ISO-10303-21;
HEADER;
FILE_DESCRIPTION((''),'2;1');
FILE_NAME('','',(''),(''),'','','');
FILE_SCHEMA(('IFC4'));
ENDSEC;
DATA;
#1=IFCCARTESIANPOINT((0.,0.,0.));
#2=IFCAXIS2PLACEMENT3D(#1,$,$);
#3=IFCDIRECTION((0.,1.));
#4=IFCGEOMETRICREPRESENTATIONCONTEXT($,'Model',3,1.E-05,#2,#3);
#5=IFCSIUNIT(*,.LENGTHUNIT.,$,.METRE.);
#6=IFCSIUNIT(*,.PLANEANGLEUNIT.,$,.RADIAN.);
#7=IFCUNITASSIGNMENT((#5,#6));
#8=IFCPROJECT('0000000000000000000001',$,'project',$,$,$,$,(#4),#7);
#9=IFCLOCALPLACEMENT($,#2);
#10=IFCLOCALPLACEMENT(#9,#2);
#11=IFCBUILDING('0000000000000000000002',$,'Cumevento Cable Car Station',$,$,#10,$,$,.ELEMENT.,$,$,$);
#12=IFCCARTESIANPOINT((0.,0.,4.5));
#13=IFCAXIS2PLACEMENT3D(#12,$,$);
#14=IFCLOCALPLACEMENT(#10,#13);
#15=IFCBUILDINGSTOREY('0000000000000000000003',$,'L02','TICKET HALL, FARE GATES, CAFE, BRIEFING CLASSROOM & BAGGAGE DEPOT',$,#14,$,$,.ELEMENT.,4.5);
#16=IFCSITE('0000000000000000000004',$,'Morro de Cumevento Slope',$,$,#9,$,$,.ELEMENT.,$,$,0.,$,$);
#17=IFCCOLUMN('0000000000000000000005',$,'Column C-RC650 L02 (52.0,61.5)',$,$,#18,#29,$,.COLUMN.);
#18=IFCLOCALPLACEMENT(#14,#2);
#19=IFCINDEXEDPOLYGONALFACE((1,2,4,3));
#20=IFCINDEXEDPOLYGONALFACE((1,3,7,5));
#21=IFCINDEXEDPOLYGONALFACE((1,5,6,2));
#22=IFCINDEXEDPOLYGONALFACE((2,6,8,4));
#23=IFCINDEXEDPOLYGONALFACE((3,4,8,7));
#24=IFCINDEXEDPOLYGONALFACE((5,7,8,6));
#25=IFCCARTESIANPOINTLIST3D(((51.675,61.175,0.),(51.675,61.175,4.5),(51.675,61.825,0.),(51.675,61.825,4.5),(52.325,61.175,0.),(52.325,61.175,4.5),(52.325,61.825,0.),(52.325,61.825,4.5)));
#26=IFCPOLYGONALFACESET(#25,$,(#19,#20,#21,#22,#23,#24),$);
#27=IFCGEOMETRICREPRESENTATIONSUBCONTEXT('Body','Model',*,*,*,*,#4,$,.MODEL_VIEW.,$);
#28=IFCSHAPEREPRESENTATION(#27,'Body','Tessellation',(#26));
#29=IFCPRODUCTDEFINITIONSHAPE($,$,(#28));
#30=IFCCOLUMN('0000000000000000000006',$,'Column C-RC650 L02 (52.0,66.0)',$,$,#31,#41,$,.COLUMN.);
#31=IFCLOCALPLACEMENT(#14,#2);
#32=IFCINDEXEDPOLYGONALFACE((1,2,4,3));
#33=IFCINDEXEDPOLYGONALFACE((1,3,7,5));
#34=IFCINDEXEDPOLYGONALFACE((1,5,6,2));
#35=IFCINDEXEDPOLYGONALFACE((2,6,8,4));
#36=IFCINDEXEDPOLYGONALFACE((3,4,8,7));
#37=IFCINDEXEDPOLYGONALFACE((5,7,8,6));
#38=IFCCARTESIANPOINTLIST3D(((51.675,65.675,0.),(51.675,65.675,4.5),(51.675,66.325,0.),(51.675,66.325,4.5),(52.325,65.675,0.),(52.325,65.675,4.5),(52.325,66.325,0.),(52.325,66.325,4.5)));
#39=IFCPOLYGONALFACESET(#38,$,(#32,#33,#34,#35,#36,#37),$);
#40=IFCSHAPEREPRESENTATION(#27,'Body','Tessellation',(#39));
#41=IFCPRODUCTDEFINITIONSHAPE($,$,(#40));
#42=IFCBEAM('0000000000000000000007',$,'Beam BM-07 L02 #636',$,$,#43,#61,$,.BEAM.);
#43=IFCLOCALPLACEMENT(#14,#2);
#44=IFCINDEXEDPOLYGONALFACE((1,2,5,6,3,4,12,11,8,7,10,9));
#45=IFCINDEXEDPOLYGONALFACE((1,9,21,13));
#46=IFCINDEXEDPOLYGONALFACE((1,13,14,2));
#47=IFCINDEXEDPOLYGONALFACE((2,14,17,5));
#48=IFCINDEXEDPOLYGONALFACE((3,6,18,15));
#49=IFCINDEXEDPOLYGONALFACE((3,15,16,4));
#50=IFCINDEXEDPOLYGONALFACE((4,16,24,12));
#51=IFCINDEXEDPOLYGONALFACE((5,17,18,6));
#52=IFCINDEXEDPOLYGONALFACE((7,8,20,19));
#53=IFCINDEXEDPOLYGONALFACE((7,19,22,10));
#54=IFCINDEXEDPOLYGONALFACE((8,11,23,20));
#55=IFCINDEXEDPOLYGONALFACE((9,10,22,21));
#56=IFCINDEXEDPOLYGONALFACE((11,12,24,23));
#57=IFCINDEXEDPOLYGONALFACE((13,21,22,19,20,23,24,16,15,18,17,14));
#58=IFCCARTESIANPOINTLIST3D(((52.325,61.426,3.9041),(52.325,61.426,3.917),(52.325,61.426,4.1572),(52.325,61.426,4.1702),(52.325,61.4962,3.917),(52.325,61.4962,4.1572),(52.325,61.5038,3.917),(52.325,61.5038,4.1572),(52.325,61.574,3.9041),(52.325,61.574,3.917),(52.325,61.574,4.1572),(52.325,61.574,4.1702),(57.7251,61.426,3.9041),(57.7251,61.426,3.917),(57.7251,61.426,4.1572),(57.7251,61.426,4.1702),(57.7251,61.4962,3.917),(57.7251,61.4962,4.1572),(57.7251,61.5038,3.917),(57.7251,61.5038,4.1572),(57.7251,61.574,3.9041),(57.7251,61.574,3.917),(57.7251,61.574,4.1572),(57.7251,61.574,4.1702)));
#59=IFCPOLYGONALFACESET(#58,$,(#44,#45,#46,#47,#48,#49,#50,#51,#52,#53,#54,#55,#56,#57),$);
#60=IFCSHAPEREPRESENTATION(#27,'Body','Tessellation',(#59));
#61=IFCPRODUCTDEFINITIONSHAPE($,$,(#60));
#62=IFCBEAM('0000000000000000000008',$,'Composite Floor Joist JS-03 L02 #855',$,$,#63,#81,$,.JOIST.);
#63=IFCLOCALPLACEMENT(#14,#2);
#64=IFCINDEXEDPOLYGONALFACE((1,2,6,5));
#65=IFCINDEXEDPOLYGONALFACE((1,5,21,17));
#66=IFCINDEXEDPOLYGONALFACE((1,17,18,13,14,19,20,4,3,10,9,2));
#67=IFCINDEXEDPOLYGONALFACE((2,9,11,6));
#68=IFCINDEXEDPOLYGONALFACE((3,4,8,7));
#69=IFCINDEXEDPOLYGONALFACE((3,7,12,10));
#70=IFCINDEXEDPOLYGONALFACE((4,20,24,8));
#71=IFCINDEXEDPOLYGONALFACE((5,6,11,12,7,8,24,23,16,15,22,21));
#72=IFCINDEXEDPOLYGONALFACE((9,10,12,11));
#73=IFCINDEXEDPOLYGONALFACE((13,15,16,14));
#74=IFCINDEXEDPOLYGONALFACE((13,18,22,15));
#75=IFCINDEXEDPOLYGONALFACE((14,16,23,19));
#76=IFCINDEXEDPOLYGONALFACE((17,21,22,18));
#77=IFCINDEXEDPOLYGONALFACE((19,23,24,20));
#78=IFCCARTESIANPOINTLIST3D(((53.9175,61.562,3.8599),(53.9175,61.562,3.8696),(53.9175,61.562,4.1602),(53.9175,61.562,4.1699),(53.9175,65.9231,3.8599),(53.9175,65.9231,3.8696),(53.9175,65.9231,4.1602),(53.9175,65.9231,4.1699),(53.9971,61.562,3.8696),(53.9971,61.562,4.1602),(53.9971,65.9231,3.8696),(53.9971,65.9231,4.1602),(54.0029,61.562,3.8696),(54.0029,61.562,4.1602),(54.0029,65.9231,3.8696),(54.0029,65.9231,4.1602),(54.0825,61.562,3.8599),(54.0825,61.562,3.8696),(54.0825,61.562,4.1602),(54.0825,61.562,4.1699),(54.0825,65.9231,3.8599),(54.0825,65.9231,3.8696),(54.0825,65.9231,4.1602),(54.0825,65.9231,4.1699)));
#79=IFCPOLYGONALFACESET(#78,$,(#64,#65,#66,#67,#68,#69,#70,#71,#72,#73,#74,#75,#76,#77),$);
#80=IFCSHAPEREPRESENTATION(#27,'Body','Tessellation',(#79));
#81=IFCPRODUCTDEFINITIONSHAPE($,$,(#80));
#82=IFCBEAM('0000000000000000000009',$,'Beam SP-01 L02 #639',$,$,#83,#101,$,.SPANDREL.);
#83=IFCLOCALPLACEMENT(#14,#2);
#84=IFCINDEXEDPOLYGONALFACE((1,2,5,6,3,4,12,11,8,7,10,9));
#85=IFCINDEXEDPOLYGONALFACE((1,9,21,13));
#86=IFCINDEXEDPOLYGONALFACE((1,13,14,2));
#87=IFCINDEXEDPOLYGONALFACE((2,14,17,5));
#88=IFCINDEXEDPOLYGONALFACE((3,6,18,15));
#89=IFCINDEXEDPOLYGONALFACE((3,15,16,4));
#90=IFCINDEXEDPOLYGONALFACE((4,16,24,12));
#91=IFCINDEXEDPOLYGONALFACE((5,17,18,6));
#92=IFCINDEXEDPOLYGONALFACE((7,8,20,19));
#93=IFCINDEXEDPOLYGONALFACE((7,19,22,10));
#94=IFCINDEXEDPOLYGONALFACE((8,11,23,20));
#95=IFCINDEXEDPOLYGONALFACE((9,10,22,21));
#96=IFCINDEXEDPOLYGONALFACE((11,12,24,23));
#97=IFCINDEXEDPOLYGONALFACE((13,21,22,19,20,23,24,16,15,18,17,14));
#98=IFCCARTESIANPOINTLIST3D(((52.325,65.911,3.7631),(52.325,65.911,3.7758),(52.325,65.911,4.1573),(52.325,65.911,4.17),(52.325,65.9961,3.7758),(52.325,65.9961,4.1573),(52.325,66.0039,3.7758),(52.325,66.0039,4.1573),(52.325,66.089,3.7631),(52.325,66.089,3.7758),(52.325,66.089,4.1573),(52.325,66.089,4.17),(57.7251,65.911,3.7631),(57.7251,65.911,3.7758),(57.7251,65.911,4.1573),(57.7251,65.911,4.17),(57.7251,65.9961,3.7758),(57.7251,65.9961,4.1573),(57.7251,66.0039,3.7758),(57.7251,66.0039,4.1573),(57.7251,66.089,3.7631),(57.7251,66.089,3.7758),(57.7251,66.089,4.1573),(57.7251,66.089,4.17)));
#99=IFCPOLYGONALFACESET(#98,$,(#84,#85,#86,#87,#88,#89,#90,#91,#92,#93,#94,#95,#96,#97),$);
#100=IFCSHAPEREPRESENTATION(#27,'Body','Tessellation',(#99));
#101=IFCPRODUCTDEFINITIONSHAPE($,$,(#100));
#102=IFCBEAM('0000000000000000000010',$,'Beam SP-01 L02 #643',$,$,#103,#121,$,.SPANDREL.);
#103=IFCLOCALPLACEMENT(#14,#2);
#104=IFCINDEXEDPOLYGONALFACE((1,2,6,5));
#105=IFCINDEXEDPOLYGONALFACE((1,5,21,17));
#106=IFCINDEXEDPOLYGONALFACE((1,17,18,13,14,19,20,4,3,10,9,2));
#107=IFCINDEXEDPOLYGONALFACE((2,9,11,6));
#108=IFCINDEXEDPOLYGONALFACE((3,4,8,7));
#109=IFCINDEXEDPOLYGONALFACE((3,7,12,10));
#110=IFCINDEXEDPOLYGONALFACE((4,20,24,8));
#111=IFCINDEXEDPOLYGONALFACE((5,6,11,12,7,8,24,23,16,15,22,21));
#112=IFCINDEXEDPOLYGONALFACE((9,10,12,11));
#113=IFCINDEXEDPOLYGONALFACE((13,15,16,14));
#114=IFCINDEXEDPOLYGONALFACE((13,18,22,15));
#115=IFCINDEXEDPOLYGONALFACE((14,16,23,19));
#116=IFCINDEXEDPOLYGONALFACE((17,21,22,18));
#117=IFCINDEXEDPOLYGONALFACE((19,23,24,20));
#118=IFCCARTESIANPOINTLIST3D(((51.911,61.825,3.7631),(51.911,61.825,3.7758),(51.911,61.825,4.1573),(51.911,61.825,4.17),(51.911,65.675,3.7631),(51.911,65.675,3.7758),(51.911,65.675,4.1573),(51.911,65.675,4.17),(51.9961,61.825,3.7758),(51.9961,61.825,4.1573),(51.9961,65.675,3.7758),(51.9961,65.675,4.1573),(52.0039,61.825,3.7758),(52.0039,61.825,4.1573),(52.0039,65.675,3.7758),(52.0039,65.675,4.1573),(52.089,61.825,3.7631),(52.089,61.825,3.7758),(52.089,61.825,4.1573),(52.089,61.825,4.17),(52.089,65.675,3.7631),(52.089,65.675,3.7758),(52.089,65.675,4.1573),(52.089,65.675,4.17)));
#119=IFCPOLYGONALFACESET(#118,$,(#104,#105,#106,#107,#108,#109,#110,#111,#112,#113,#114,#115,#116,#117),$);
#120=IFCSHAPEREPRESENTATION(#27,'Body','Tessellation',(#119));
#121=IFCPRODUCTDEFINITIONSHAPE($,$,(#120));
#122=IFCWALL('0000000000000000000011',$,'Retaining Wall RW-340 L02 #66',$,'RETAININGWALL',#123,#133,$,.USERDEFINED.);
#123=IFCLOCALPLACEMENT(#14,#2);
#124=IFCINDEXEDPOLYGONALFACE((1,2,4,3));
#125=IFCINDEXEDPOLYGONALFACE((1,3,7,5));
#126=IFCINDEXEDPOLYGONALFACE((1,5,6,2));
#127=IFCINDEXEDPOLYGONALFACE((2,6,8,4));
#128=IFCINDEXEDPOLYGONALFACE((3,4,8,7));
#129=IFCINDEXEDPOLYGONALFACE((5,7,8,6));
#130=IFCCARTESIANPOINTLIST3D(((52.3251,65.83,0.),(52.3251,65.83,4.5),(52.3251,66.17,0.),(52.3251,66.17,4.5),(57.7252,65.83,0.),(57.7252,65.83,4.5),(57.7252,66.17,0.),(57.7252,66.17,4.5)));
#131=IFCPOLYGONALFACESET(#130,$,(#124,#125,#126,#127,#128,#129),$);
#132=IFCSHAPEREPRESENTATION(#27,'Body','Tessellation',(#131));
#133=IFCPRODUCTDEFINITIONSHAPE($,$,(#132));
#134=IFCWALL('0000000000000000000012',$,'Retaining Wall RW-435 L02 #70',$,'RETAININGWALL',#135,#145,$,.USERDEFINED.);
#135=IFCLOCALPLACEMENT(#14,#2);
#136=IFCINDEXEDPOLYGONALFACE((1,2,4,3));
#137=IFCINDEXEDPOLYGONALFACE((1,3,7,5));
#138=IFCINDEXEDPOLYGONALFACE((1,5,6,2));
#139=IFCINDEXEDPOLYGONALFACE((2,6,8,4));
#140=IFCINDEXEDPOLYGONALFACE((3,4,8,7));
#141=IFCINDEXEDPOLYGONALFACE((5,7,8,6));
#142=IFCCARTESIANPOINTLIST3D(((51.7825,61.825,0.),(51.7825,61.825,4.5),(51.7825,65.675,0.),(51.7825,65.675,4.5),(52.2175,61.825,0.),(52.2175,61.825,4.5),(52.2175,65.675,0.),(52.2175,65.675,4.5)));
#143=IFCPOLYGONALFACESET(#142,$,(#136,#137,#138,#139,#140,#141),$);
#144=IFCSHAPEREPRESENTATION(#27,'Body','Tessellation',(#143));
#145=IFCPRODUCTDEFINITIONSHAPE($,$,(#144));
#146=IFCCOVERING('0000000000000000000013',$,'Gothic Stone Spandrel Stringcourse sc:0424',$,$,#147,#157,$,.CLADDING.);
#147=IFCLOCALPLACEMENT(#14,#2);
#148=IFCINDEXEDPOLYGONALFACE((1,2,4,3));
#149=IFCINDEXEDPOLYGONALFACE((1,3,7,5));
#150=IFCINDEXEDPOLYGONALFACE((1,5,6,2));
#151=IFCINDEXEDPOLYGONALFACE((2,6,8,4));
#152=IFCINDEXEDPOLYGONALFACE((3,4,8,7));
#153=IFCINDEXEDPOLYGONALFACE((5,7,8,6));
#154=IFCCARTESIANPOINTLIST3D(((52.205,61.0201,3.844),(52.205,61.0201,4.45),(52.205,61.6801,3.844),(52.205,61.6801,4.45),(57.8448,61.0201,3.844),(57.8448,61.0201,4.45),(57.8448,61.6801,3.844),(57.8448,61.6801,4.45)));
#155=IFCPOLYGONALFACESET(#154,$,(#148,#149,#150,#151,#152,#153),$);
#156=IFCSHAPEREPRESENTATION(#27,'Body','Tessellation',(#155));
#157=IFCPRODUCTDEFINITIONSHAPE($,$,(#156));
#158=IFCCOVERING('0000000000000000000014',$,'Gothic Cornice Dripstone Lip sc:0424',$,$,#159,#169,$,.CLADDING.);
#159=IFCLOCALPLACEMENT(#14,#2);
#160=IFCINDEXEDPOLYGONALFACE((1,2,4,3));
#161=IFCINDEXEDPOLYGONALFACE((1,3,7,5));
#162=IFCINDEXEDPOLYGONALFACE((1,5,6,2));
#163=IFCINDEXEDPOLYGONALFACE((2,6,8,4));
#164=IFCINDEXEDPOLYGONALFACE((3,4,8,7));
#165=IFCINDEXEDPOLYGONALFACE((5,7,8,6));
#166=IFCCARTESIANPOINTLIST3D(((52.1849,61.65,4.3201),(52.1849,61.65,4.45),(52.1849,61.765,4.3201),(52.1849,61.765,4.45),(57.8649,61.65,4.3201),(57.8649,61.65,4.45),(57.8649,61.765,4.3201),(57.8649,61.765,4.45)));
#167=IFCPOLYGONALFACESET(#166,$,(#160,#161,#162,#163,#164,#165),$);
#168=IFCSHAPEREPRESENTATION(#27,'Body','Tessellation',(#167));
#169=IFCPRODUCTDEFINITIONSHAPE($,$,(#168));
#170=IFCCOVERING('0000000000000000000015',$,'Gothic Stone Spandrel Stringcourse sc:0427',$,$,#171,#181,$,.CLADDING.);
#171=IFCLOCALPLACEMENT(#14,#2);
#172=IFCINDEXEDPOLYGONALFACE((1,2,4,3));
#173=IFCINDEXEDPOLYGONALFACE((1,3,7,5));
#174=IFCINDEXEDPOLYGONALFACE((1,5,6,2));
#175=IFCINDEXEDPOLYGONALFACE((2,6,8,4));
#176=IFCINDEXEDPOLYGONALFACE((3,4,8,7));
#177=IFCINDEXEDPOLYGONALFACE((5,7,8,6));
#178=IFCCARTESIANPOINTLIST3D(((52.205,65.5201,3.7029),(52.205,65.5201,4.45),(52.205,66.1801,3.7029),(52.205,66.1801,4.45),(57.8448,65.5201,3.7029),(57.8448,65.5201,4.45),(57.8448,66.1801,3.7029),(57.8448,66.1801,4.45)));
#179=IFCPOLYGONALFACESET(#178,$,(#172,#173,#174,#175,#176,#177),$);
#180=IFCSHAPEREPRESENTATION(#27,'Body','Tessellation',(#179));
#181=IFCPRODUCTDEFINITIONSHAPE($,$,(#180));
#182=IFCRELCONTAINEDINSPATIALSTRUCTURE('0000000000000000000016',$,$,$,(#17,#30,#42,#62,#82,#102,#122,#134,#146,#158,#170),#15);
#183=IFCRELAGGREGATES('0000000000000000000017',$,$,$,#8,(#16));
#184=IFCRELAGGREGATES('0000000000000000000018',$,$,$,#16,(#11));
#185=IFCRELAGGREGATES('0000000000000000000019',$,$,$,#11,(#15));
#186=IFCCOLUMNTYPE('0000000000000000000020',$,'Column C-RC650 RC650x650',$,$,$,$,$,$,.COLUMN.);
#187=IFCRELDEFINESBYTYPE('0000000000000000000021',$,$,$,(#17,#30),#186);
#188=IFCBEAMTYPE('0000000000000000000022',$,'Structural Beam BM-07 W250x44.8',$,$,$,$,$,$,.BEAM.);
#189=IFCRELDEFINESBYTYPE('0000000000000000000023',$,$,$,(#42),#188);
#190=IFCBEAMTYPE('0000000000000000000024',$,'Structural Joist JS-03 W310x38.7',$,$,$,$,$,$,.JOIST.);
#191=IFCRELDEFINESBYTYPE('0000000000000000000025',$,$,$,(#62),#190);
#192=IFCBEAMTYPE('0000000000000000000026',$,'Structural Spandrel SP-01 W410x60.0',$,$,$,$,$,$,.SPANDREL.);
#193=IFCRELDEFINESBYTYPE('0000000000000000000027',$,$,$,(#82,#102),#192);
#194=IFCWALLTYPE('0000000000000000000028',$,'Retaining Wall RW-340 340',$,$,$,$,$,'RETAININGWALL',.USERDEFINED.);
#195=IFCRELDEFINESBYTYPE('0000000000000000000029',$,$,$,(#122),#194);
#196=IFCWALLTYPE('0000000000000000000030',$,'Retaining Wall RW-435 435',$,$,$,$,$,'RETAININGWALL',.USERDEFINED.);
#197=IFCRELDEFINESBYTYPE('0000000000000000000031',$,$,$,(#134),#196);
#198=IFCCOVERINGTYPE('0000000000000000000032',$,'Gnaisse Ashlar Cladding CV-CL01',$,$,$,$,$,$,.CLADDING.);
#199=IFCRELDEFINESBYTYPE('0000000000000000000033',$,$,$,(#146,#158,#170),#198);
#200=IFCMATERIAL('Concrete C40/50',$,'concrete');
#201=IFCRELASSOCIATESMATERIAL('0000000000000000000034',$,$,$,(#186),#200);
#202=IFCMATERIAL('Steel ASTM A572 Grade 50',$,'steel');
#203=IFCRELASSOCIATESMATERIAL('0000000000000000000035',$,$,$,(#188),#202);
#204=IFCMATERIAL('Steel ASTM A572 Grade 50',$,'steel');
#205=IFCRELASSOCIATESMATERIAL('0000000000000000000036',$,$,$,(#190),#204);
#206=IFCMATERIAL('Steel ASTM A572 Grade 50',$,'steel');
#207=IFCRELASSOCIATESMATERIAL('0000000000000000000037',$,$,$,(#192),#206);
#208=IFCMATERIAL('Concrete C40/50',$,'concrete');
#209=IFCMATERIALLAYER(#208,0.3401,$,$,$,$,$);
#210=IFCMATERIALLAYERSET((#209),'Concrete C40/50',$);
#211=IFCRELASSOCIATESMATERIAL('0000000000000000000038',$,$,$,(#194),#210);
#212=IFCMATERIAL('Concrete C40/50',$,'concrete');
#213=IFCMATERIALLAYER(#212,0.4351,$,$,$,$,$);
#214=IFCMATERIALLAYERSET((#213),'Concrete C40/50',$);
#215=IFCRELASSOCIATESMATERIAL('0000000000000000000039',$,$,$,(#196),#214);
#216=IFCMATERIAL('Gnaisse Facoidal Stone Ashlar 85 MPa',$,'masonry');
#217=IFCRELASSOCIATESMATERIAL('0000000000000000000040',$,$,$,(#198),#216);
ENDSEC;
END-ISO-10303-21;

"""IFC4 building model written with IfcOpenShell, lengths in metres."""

from ifc_helpers import new_model, si_unit, direction, frame, frame_2d, origin, origin_2d, place, context, subcontext, project, spatial, rectangle, i_section, extrude, material, layer, layer_set, material_profile, profile_set, type_object, element, save


model = new_model("IFC4")

# Units and contexts
model_context = context("Model", 3, precision=1e-05, world=origin(), true_north=direction((0.0, 1.0)))
body_context = subcontext(model_context, "Body", "Model", "MODEL_VIEW")
ifc_project = project(units=[si_unit("LENGTHUNIT", "METRE"), si_unit("PLANEANGLEUNIT", "RADIAN")], contexts=[model_context])

# Site, building, storey
site_placement = place(None, origin())
site = spatial("IfcSite", under=ifc_project, at=site_placement, Name="Morro de Cumevento Slope", CompositionType="ELEMENT", RefElevation=0.0)
building_placement = place(site_placement, origin())
building = spatial("IfcBuilding", under=site, at=building_placement, Name="Cumevento Cable Car Station", CompositionType="ELEMENT")
storey_placement = place(building_placement, frame((0.0, 0.0, 4.5)))
storey = spatial("IfcBuildingStorey", under=building, at=storey_placement, Name="L02", Description="TICKET HALL, FARE GATES, CAFE, BRIEFING CLASSROOM & BAGGAGE DEPOT", CompositionType="ELEMENT", Elevation=4.5)

# Columns
ifc_material_1 = material(Name="Concrete C40/50", Category="concrete")
ifc_material_profile_1 = material_profile(ifc_material_1, rectangle(XDim=0.6499, YDim=0.6499, at=origin_2d()), Name="RC650x650")
ifc_profile_set_1 = profile_set([ifc_material_profile_1], Name="Concrete C40/50")
column_type = type_object("IfcColumnType", Name="Column C-RC650 RC650x650", PredefinedType="COLUMN", material=ifc_profile_set_1)
for number, where, z_axis, x_axis, name in (
    (1, (52.0, 61.5, 0.0), (0.0, 0.0, 1.0), (1.0, 0.0, 0.0), "Column C-RC650 L02 (52.0,61.5)"),
    (2, (52.0, 66.0, 0.0), (0.0, 0.0, 1.0), (1.0, 0.0, 0.0), "Column C-RC650 L02 (52.0,66.0)"),
):
    element("IfcColumn", number, at=place(storey_placement, frame(where, z_axis=z_axis, x_axis=x_axis)), inside=storey, type_object=column_type, Name=name, PredefinedType="COLUMN", context=body_context, shape_type="SweptSolid", body=[
        extrude(rectangle(XDim=0.6499, YDim=0.6499, at=origin_2d()), origin(), (0.0, 0.0, 1.0), 4.5),
    ])

# Beams
ifc_material_2 = material(Name="Steel ASTM A572 Grade 50", Category="steel")
ifc_material_profile_2 = material_profile(ifc_material_2, i_section(OverallWidth=0.1479, OverallDepth=0.2661, WebThickness=0.0076, FlangeThickness=0.0129, at=origin_2d()), Name="W250x44.8")
ifc_profile_set_2 = profile_set([ifc_material_profile_2], Name="Steel ASTM A572 Grade 50")
beam_type_1 = type_object("IfcBeamType", Name="Structural Beam BM-07 W250x44.8", PredefinedType="BEAM", material=ifc_profile_set_2)
beam_1_placement = place(storey_placement, frame((52.325, 61.5, 4.0371), z_axis=(1.0, 0.0, 0.0), x_axis=(0.0, 1.0, 0.0)))
element("IfcBeam", 3, at=beam_1_placement, inside=storey, type_object=beam_type_1, Name="Beam BM-07 L02 #636", PredefinedType="BEAM", context=body_context, shape_type="SweptSolid", body=[
    extrude(i_section(OverallWidth=0.1479, OverallDepth=0.2661, WebThickness=0.0076, FlangeThickness=0.0129, at=origin_2d()), origin(), (0.0, 0.0, 1.0), 5.4001),
])
ifc_material_3 = material(Name="Steel ASTM A572 Grade 50", Category="steel")
ifc_material_profile_3 = material_profile(ifc_material_3, i_section(OverallWidth=0.165, OverallDepth=0.3101, WebThickness=0.0059, FlangeThickness=0.0098, at=origin_2d()), Name="W310x38.7")
ifc_profile_set_3 = profile_set([ifc_material_profile_3], Name="Steel ASTM A572 Grade 50")
beam_type_2 = type_object("IfcBeamType", Name="Structural Joist JS-03 W310x38.7", PredefinedType="JOIST", material=ifc_profile_set_3)
beam_2_placement = place(storey_placement, frame((54.0, 61.562, 4.0149), z_axis=(0.0, 1.0, 0.0), x_axis=(-1.0, 0.0, 0.0)))
element("IfcBeam", 4, at=beam_2_placement, inside=storey, type_object=beam_type_2, Name="Composite Floor Joist JS-03 L02 #855", PredefinedType="JOIST", context=body_context, shape_type="SweptSolid", body=[
    extrude(i_section(OverallWidth=0.165, OverallDepth=0.3101, WebThickness=0.0059, FlangeThickness=0.0098, at=origin_2d()), origin(), (0.0, 0.0, 1.0), 4.3611),
])
ifc_material_4 = material(Name="Steel ASTM A572 Grade 50", Category="steel")
ifc_material_profile_4 = material_profile(ifc_material_4, i_section(OverallWidth=0.178, OverallDepth=0.407, WebThickness=0.0078, FlangeThickness=0.0127, at=origin_2d()), Name="W410x60.0")
ifc_profile_set_4 = profile_set([ifc_material_profile_4], Name="Steel ASTM A572 Grade 50")
beam_type_3 = type_object("IfcBeamType", Name="Structural Spandrel SP-01 W410x60.0", PredefinedType="SPANDREL", material=ifc_profile_set_4)
beam_3_placement = place(storey_placement, frame((52.325, 66.0, 3.9666), z_axis=(1.0, 0.0, 0.0), x_axis=(0.0, 1.0, 0.0)))
element("IfcBeam", 5, at=beam_3_placement, inside=storey, type_object=beam_type_3, Name="Beam SP-01 L02 #639", PredefinedType="SPANDREL", context=body_context, shape_type="SweptSolid", body=[
    extrude(i_section(OverallWidth=0.178, OverallDepth=0.407, WebThickness=0.0078, FlangeThickness=0.0127, at=origin_2d()), origin(), (0.0, 0.0, 1.0), 5.4001),
])
beam_4_placement = place(storey_placement, frame((52.0, 61.825, 3.9666), z_axis=(0.0, 1.0, 0.0), x_axis=(-1.0, 0.0, 0.0)))
element("IfcBeam", 6, at=beam_4_placement, inside=storey, type_object=beam_type_3, Name="Beam SP-01 L02 #643", PredefinedType="SPANDREL", context=body_context, shape_type="SweptSolid", body=[
    extrude(i_section(OverallWidth=0.178, OverallDepth=0.407, WebThickness=0.0078, FlangeThickness=0.0127, at=origin_2d()), origin(), (0.0, 0.0, 1.0), 3.8501),
])

# Walls
ifc_material_5 = material(Name="Concrete C40/50", Category="concrete")
ifc_layer_1 = layer(ifc_material_5, 0.3401)
ifc_layer_set_1 = layer_set([ifc_layer_1], Name="Concrete C40/50")
wall_type_1 = type_object("IfcWallType", Name="Retaining Wall RW-340 340", ElementType="RETAININGWALL", PredefinedType="USERDEFINED", material=ifc_layer_set_1)
wall_1_placement = place(storey_placement, frame((52.325, 66.0, 0.0), z_axis=(0.0, 0.0, 1.0), x_axis=(1.0, 0.0, 0.0)))
element("IfcWall", 7, at=wall_1_placement, inside=storey, type_object=wall_type_1, Name="Retaining Wall RW-340 L02 #66", ObjectType="RETAININGWALL", PredefinedType="USERDEFINED", context=body_context, shape_type="SweptSolid", body=[
    extrude(rectangle(XDim=5.4001, YDim=0.3401, at=frame_2d((2.7002, 0.0))), origin(), (0.0, 0.0, 1.0), 4.5),
])
ifc_material_6 = material(Name="Concrete C40/50", Category="concrete")
ifc_layer_2 = layer(ifc_material_6, 0.4351)
ifc_layer_set_2 = layer_set([ifc_layer_2], Name="Concrete C40/50")
wall_type_2 = type_object("IfcWallType", Name="Retaining Wall RW-435 435", ElementType="RETAININGWALL", PredefinedType="USERDEFINED", material=ifc_layer_set_2)
wall_2_placement = place(storey_placement, frame((52.0, 61.825, 0.0), z_axis=(0.0, 0.0, 1.0), x_axis=(0.0, 1.0, 0.0)))
element("IfcWall", 8, at=wall_2_placement, inside=storey, type_object=wall_type_2, Name="Retaining Wall RW-435 L02 #70", ObjectType="RETAININGWALL", PredefinedType="USERDEFINED", context=body_context, shape_type="SweptSolid", body=[
    extrude(rectangle(XDim=3.8501, YDim=0.4351, at=frame_2d((1.925, 0.0))), origin(), (0.0, 0.0, 1.0), 4.5),
])

# Coverings
ifc_material_7 = material(Name="Gnaisse Facoidal Stone Ashlar 85 MPa", Category="masonry")
covering_type = type_object("IfcCoveringType", Name="Gnaisse Ashlar Cladding CV-CL01", PredefinedType="CLADDING", material=ifc_material_7)
covering_1_placement = place(storey_placement, frame((55.0249, 61.3501, 3.844), z_axis=(0.0, 0.0, 1.0), x_axis=(1.0, 0.0, 0.0)))
element("IfcCovering", 9, at=covering_1_placement, inside=storey, type_object=covering_type, Name="Gothic Stone Spandrel Stringcourse sc:0424", PredefinedType="CLADDING", context=body_context, shape_type="SweptSolid", body=[
    extrude(rectangle(XDim=5.6399, YDim=0.6599, at=origin_2d()), origin(), (0.0, 0.0, 1.0), 0.606),
])
covering_2_placement = place(storey_placement, frame((55.0249, 61.7075, 4.3201), z_axis=(0.0, 0.0, 1.0), x_axis=(1.0, 0.0, 0.0)))
element("IfcCovering", 10, at=covering_2_placement, inside=storey, type_object=covering_type, Name="Gothic Cornice Dripstone Lip sc:0424", PredefinedType="CLADDING", context=body_context, shape_type="SweptSolid", body=[
    extrude(rectangle(XDim=5.6799, YDim=0.115, at=origin_2d()), origin(), (0.0, 0.0, 1.0), 0.1299),
])
covering_3_placement = place(storey_placement, frame((55.0249, 65.8501, 3.7029), z_axis=(0.0, 0.0, 1.0), x_axis=(1.0, 0.0, 0.0)))
element("IfcCovering", 11, at=covering_3_placement, inside=storey, type_object=covering_type, Name="Gothic Stone Spandrel Stringcourse sc:0427", PredefinedType="CLADDING", context=body_context, shape_type="SweptSolid", body=[
    extrude(rectangle(XDim=5.6399, YDim=0.6599, at=origin_2d()), origin(), (0.0, 0.0, 1.0), 0.7471),
])

save(model, "model.ifc")
